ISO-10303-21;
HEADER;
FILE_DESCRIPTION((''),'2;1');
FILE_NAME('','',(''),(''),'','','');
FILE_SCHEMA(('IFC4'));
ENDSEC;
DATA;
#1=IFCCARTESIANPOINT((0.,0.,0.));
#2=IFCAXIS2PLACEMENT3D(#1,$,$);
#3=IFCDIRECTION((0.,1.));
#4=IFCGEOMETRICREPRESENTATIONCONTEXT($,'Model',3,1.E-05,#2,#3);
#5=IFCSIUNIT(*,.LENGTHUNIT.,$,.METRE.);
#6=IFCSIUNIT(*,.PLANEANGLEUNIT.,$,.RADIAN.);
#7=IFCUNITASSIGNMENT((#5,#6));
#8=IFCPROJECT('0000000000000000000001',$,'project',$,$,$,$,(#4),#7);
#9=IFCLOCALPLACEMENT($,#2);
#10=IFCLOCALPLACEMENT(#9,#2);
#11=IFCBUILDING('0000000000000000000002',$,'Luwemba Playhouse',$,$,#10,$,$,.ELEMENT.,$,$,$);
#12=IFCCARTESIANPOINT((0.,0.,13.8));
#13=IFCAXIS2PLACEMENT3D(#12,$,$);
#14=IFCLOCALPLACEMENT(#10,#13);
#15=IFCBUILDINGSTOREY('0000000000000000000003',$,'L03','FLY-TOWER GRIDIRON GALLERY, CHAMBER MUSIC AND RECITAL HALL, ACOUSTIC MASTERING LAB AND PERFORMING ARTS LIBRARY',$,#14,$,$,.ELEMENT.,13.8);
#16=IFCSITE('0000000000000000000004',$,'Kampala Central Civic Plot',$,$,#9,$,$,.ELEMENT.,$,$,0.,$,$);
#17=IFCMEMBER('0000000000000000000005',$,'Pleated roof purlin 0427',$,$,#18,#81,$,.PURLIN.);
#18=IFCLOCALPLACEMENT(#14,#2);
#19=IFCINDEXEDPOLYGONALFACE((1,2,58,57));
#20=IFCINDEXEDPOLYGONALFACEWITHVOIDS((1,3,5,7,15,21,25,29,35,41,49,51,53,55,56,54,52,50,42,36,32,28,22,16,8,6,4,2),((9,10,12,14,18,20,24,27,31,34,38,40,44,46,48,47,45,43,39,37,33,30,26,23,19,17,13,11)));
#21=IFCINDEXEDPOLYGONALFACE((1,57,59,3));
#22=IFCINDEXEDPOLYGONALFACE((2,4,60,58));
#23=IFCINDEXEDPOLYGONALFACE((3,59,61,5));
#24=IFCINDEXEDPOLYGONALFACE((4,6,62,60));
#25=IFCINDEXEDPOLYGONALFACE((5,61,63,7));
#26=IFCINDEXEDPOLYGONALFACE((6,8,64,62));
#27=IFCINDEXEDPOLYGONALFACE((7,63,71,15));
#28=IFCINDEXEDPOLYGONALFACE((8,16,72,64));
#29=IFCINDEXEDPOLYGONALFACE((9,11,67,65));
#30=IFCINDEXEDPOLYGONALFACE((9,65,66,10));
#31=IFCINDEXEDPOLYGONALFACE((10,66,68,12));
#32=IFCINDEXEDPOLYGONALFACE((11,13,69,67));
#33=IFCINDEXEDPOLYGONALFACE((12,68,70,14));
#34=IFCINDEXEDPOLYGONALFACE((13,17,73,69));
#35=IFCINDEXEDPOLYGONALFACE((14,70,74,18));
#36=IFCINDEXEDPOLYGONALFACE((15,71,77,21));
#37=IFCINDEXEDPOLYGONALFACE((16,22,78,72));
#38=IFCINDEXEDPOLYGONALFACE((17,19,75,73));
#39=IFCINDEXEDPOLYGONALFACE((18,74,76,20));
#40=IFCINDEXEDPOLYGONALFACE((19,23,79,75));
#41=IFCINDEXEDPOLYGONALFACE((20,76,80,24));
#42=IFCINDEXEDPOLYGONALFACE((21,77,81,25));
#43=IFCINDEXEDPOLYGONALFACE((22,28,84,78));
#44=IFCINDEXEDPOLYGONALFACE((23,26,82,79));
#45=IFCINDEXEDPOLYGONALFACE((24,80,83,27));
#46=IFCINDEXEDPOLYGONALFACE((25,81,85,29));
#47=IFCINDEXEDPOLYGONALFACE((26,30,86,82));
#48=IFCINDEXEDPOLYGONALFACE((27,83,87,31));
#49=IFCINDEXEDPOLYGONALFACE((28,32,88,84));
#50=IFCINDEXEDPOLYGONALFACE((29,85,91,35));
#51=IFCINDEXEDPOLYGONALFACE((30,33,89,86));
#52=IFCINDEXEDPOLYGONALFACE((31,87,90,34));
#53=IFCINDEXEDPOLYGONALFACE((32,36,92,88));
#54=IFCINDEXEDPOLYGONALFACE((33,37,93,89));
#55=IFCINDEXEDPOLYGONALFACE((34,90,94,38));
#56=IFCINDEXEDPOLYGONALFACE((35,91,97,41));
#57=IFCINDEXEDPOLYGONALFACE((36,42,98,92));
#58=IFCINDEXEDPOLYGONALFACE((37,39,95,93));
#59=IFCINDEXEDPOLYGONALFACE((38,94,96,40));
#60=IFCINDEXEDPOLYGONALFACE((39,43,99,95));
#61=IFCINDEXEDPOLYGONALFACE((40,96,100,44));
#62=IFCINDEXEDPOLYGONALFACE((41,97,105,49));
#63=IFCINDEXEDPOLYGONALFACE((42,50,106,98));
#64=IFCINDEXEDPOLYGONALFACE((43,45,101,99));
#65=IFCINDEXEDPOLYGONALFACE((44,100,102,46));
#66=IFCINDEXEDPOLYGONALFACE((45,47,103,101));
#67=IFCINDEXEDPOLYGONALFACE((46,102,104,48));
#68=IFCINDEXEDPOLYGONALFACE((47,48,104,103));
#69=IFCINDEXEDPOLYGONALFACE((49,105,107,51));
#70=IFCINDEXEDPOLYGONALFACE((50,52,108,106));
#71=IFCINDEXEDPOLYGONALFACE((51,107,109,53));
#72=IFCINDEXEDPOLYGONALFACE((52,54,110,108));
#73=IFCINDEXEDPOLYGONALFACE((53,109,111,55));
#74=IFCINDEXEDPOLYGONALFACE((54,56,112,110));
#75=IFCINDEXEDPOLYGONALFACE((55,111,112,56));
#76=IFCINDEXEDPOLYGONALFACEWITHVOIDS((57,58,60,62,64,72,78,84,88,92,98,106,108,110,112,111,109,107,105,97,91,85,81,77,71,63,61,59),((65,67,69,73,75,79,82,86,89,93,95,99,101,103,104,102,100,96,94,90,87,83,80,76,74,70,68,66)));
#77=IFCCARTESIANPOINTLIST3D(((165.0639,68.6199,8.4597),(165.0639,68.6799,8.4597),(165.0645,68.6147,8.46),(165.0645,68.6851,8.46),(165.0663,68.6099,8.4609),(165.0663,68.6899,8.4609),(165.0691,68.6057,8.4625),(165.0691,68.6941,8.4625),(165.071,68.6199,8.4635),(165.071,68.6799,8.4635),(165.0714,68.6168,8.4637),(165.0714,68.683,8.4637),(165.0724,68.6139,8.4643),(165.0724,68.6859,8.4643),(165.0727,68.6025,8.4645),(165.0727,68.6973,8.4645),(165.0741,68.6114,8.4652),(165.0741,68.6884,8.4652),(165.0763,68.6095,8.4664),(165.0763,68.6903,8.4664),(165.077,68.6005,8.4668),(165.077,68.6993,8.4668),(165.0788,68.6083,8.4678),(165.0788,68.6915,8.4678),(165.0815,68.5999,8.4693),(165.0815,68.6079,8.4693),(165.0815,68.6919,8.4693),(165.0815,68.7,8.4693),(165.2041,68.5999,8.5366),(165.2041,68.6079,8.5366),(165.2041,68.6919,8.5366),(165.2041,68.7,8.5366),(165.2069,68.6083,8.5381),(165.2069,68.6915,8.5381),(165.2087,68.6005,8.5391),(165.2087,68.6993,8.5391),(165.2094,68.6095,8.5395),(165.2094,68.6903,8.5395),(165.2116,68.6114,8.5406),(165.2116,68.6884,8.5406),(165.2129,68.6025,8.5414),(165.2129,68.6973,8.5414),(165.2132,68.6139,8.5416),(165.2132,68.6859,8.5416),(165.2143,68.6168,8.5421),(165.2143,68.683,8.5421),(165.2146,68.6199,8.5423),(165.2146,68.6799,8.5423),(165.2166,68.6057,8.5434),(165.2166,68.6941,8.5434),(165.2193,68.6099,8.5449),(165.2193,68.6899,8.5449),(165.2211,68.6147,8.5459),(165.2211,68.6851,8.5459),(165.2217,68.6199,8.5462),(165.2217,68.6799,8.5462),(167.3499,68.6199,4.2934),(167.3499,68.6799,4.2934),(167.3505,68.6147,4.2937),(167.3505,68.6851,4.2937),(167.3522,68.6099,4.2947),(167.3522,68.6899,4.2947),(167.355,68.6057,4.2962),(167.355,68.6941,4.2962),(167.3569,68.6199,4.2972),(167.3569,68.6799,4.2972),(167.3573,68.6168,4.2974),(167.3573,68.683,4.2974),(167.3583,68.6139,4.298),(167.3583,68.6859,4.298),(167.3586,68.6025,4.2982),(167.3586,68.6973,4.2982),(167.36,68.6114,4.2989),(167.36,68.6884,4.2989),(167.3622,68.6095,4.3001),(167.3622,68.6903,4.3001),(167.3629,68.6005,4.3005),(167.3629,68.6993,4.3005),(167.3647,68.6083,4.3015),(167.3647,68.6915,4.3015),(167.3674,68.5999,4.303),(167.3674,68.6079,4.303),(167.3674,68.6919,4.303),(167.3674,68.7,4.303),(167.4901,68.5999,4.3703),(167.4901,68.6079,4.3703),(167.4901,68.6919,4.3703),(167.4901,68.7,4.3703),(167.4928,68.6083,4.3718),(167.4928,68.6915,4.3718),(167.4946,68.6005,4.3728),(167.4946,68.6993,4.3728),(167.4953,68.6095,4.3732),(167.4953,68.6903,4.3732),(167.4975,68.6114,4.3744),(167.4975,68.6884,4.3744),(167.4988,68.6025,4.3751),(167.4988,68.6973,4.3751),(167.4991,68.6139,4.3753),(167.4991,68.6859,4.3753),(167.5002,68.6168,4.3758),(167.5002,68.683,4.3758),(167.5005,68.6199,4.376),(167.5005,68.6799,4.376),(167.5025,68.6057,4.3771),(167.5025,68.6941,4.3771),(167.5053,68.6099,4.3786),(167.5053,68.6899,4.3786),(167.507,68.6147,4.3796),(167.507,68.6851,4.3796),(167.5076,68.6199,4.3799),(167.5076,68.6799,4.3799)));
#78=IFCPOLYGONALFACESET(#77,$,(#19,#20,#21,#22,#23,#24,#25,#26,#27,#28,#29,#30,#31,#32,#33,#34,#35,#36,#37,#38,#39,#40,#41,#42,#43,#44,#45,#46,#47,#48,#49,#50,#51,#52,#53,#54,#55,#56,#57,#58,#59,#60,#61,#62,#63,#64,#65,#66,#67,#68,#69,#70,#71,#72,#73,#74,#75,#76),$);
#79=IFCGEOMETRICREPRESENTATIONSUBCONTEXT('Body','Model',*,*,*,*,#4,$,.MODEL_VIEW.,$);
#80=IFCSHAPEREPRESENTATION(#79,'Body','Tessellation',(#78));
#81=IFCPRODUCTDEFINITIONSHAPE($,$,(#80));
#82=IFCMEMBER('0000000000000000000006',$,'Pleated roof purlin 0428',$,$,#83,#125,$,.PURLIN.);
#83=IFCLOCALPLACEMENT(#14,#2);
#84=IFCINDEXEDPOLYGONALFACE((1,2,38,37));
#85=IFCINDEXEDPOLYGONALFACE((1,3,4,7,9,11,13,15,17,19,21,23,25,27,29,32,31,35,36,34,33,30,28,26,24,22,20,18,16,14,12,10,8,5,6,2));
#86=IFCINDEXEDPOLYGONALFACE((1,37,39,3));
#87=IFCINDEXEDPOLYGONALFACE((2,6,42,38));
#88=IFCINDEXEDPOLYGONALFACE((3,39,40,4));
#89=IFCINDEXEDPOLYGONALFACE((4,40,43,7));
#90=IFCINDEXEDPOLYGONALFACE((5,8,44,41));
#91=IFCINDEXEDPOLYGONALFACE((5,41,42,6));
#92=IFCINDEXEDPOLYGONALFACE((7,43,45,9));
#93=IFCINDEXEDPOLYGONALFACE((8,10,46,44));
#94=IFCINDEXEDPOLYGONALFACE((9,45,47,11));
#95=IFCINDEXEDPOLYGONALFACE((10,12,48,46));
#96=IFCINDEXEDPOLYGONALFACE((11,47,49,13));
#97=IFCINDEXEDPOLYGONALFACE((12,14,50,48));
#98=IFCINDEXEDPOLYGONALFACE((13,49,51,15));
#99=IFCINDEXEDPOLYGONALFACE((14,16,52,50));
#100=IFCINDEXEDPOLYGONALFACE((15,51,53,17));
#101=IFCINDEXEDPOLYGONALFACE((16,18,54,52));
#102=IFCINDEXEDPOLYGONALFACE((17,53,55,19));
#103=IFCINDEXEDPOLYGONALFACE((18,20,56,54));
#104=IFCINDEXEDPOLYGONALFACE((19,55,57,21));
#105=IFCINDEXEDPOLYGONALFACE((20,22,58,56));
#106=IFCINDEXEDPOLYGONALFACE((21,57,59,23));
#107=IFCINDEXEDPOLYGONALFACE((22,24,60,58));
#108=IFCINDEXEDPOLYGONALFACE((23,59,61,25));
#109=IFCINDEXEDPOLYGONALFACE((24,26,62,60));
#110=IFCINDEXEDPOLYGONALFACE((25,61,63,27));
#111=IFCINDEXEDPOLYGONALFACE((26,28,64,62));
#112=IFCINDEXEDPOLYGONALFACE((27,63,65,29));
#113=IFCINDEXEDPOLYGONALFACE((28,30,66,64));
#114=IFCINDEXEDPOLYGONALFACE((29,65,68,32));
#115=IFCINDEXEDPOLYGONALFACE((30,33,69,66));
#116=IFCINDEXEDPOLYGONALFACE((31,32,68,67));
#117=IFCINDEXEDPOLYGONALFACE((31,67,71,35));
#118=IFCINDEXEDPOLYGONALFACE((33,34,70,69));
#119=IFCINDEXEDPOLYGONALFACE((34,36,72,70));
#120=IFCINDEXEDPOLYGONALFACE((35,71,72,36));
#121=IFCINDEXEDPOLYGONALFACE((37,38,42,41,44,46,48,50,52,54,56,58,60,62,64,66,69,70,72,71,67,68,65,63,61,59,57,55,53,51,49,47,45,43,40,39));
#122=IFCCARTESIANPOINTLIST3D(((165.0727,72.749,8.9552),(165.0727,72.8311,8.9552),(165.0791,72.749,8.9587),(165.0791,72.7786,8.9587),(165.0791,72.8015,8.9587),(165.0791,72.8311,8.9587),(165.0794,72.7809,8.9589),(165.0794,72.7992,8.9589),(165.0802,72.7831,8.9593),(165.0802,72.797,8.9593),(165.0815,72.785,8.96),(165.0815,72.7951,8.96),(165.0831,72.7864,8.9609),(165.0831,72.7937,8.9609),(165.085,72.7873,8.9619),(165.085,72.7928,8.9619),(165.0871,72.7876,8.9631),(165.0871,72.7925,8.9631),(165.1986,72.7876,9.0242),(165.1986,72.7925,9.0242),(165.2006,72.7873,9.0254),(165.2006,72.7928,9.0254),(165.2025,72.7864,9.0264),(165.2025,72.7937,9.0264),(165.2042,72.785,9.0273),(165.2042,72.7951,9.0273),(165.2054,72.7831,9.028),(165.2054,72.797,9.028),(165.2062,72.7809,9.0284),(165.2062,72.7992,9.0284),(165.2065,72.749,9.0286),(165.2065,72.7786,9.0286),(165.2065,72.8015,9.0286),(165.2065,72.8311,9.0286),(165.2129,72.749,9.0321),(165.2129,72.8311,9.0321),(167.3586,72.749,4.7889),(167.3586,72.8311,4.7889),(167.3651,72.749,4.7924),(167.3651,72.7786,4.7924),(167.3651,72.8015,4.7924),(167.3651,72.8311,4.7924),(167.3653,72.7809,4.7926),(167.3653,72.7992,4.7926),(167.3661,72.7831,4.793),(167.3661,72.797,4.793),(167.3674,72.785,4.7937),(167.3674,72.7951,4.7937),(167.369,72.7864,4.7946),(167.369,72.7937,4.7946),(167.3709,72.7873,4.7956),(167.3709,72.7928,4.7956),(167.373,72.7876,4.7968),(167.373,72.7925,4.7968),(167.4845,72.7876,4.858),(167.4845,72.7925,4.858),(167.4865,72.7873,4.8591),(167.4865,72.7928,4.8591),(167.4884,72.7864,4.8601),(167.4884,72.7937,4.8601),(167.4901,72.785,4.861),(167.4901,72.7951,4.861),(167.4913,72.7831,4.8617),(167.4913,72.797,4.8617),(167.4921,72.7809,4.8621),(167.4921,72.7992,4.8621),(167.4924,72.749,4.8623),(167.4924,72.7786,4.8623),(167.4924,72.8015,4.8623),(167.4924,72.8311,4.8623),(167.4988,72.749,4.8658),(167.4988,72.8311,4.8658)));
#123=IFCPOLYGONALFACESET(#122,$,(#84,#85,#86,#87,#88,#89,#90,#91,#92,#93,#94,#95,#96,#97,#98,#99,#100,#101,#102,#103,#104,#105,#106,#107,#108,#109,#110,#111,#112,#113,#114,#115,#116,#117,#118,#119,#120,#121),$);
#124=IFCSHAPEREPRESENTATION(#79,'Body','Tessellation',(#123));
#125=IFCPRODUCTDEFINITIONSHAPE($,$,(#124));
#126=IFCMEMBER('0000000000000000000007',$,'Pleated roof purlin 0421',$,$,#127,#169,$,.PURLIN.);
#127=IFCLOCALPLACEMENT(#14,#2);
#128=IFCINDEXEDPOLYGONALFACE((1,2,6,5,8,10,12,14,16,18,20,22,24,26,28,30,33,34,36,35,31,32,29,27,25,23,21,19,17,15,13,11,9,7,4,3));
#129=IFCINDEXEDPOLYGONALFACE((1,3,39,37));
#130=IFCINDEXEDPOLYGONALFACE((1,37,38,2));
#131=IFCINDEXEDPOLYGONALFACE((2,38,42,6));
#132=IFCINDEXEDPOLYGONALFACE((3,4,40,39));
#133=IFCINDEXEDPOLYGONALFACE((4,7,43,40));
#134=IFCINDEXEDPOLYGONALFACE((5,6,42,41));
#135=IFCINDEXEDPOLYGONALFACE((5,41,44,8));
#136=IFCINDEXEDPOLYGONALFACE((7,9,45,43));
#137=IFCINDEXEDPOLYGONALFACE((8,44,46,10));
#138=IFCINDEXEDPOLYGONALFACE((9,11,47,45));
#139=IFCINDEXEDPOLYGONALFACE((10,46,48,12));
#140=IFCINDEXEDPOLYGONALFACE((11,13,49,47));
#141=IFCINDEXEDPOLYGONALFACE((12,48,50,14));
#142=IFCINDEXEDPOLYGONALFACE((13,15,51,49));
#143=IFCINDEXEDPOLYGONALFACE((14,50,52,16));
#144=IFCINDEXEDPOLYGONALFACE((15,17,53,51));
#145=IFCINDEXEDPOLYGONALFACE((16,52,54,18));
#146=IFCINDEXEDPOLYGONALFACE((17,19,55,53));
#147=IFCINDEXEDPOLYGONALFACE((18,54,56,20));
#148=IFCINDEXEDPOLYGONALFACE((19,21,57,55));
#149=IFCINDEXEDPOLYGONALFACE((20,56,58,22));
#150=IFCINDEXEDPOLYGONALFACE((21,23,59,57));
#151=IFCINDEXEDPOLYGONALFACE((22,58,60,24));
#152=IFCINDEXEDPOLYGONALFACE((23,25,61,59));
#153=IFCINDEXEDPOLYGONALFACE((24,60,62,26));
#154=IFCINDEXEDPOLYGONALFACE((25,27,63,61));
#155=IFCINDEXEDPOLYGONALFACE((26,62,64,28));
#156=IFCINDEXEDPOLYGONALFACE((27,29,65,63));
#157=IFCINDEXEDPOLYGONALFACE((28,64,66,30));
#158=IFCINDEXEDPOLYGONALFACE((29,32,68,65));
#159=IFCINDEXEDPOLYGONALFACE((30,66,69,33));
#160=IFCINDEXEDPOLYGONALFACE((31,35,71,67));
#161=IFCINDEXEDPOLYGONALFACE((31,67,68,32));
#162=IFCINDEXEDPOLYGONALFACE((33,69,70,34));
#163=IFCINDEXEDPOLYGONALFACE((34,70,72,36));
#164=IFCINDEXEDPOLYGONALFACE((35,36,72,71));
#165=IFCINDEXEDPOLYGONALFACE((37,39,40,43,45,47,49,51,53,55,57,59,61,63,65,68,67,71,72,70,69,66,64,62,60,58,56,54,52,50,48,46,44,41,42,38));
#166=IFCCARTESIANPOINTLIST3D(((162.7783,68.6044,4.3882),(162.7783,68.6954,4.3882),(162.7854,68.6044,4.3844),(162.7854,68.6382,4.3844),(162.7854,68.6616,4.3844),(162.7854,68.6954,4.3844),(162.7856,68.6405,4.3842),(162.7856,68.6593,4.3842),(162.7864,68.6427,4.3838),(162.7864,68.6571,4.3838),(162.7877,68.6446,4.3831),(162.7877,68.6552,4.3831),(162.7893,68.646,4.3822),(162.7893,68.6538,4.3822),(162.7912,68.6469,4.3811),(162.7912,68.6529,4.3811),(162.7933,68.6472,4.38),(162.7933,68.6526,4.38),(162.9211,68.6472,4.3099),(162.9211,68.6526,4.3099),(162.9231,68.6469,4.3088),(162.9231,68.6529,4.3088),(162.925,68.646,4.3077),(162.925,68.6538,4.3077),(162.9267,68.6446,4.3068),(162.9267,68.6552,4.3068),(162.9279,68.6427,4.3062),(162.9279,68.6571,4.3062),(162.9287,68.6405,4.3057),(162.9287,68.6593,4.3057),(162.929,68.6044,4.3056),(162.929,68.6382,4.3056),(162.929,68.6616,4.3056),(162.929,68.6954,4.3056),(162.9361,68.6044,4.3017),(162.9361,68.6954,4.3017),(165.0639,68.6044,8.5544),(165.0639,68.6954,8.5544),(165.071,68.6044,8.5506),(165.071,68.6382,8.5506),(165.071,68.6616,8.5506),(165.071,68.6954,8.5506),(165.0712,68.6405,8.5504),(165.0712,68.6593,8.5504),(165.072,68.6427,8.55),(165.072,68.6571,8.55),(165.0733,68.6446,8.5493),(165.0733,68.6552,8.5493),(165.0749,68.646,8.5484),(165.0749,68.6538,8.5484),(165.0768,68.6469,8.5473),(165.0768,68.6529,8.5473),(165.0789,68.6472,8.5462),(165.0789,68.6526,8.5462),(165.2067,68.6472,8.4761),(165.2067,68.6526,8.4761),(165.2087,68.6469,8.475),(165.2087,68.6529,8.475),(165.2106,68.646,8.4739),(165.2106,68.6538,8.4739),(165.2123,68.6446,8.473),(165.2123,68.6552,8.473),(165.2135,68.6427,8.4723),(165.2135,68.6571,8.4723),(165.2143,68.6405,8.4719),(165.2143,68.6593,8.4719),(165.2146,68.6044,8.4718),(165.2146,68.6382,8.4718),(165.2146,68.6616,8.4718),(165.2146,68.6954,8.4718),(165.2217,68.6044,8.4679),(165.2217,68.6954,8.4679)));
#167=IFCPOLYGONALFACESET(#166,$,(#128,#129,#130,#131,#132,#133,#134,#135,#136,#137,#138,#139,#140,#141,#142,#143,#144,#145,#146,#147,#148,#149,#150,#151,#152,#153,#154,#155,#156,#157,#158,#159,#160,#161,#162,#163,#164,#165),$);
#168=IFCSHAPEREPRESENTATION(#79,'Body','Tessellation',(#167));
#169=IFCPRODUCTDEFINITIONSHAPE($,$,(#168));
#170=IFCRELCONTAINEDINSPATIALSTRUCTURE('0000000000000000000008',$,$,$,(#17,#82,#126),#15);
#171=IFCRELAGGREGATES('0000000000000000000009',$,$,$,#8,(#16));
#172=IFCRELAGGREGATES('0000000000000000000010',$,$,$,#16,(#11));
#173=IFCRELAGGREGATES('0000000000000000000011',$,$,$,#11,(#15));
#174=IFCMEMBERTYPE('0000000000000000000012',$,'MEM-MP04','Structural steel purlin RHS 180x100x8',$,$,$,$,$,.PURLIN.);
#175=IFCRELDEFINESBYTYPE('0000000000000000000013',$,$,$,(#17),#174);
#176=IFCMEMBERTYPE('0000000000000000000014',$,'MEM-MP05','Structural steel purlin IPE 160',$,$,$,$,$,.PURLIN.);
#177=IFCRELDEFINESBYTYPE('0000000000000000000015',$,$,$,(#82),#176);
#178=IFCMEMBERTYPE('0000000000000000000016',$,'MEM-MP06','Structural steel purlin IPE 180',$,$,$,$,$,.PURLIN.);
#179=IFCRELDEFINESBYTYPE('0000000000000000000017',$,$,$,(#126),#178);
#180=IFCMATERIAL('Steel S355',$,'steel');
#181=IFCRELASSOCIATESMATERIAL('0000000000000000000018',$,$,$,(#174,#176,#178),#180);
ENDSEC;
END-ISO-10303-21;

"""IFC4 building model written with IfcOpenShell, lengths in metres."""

from ifc_helpers import new_model, si_unit, direction, frame, origin, origin_2d, place, context, subcontext, project, spatial, hollow_rectangle, i_section, extrude, material, material_profile, profile_set, type_object, element, save


model = new_model("IFC4")

# Units and contexts
model_context = context("Model", 3, precision=1e-05, world=origin(), true_north=direction((0.0, 1.0)))
body_context = subcontext(model_context, "Body", "Model", "MODEL_VIEW")
ifc_project = project(units=[si_unit("LENGTHUNIT", "METRE"), si_unit("PLANEANGLEUNIT", "RADIAN")], contexts=[model_context])

# Site, building, storey
site_placement = place(None, origin())
site = spatial("IfcSite", under=ifc_project, at=site_placement, Name="Kampala Central Civic Plot", CompositionType="ELEMENT", RefElevation=0.0)
building_placement = place(site_placement, origin())
building = spatial("IfcBuilding", under=site, at=building_placement, Name="Luwemba Playhouse", CompositionType="ELEMENT")
storey_placement = place(building_placement, frame((0.0, 0.0, 13.8)))
storey = spatial("IfcBuildingStorey", under=building, at=storey_placement, Name="L03", Description="FLY-TOWER GRIDIRON GALLERY, CHAMBER MUSIC AND RECITAL HALL, ACOUSTIC MASTERING LAB AND PERFORMING ARTS LIBRARY", CompositionType="ELEMENT", Elevation=13.8)

# Shared definitions
ifc_material_1 = material(Name="Steel S355", Category="steel")

# Members
ifc_material_profile_1 = material_profile(ifc_material_1, hollow_rectangle(XDim=0.1001, YDim=0.1799, WallThickness=0.0081, InnerFilletRadius=0.012, OuterFilletRadius=0.02, at=origin_2d()))
ifc_profile_set_1 = profile_set([ifc_material_profile_1], Name="Steel S355")
member_type_1 = type_object("IfcMemberType", Name="MEM-MP04", Description="Structural steel purlin RHS 180x100x8", PredefinedType="PURLIN", material=ifc_profile_set_1)
member_1_placement = place(storey_placement, frame((165.1428, 68.6499, 8.5029), z_axis=(0.481021, 0.0, -0.876709), x_axis=(0.0, 1.0, 0.0)))
element("IfcMember", 1, at=member_1_placement, inside=storey, type_object=member_type_1, Name="Pleated roof purlin 0427", PredefinedType="PURLIN", context=body_context, shape_type="SweptSolid", body=[
    extrude(hollow_rectangle(XDim=0.1001, YDim=0.1799, WallThickness=0.0081, InnerFilletRadius=0.012, OuterFilletRadius=0.02, at=origin_2d()), origin(), (0.0, 0.0, 1.0), 4.7522),
])
ifc_material_profile_2 = material_profile(ifc_material_1, i_section(OverallWidth=0.082, OverallDepth=0.1599, WebThickness=0.0049, FlangeThickness=0.0073, FilletRadius=0.009, at=origin_2d()))
ifc_profile_set_2 = profile_set([ifc_material_profile_2], Name="Steel S355")
member_type_2 = type_object("IfcMemberType", Name="MEM-MP05", Description="Structural steel purlin IPE 160", PredefinedType="PURLIN", material=ifc_profile_set_2)
member_2_placement = place(storey_placement, frame((165.1428, 72.79, 8.9937), z_axis=(0.481021, 0.0, -0.876709), x_axis=(0.0, 1.0, 0.0)))
element("IfcMember", 2, at=member_2_placement, inside=storey, type_object=member_type_2, Name="Pleated roof purlin 0428", PredefinedType="PURLIN", context=body_context, shape_type="SweptSolid", body=[
    extrude(i_section(OverallWidth=0.082, OverallDepth=0.1599, WebThickness=0.0049, FlangeThickness=0.0073, FilletRadius=0.009, at=origin_2d()), origin(), (0.0, 0.0, 1.0), 4.7522),
])
ifc_material_profile_3 = material_profile(ifc_material_1, i_section(OverallWidth=0.0911, OverallDepth=0.1799, WebThickness=0.0054, FlangeThickness=0.0081, FilletRadius=0.009, at=origin_2d()))
ifc_profile_set_3 = profile_set([ifc_material_profile_3], Name="Steel S355")
member_type_3 = type_object("IfcMemberType", Name="MEM-MP06", Description="Structural steel purlin IPE 180", PredefinedType="PURLIN", material=ifc_profile_set_3)
member_3_placement = place(storey_placement, frame((162.8572, 68.6499, 4.345), z_axis=(0.480982, 0.0, 0.876731), x_axis=(0.0, 1.0, 0.0)))
element("IfcMember", 3, at=member_3_placement, inside=storey, type_object=member_type_3, Name="Pleated roof purlin 0421", PredefinedType="PURLIN", context=body_context, shape_type="SweptSolid", body=[
    extrude(i_section(OverallWidth=0.0911, OverallDepth=0.1799, WebThickness=0.0054, FlangeThickness=0.0081, FilletRadius=0.009, at=origin_2d()), origin(), (0.0, 0.0, 1.0), 4.752),
])

save(model, "model.ifc")
